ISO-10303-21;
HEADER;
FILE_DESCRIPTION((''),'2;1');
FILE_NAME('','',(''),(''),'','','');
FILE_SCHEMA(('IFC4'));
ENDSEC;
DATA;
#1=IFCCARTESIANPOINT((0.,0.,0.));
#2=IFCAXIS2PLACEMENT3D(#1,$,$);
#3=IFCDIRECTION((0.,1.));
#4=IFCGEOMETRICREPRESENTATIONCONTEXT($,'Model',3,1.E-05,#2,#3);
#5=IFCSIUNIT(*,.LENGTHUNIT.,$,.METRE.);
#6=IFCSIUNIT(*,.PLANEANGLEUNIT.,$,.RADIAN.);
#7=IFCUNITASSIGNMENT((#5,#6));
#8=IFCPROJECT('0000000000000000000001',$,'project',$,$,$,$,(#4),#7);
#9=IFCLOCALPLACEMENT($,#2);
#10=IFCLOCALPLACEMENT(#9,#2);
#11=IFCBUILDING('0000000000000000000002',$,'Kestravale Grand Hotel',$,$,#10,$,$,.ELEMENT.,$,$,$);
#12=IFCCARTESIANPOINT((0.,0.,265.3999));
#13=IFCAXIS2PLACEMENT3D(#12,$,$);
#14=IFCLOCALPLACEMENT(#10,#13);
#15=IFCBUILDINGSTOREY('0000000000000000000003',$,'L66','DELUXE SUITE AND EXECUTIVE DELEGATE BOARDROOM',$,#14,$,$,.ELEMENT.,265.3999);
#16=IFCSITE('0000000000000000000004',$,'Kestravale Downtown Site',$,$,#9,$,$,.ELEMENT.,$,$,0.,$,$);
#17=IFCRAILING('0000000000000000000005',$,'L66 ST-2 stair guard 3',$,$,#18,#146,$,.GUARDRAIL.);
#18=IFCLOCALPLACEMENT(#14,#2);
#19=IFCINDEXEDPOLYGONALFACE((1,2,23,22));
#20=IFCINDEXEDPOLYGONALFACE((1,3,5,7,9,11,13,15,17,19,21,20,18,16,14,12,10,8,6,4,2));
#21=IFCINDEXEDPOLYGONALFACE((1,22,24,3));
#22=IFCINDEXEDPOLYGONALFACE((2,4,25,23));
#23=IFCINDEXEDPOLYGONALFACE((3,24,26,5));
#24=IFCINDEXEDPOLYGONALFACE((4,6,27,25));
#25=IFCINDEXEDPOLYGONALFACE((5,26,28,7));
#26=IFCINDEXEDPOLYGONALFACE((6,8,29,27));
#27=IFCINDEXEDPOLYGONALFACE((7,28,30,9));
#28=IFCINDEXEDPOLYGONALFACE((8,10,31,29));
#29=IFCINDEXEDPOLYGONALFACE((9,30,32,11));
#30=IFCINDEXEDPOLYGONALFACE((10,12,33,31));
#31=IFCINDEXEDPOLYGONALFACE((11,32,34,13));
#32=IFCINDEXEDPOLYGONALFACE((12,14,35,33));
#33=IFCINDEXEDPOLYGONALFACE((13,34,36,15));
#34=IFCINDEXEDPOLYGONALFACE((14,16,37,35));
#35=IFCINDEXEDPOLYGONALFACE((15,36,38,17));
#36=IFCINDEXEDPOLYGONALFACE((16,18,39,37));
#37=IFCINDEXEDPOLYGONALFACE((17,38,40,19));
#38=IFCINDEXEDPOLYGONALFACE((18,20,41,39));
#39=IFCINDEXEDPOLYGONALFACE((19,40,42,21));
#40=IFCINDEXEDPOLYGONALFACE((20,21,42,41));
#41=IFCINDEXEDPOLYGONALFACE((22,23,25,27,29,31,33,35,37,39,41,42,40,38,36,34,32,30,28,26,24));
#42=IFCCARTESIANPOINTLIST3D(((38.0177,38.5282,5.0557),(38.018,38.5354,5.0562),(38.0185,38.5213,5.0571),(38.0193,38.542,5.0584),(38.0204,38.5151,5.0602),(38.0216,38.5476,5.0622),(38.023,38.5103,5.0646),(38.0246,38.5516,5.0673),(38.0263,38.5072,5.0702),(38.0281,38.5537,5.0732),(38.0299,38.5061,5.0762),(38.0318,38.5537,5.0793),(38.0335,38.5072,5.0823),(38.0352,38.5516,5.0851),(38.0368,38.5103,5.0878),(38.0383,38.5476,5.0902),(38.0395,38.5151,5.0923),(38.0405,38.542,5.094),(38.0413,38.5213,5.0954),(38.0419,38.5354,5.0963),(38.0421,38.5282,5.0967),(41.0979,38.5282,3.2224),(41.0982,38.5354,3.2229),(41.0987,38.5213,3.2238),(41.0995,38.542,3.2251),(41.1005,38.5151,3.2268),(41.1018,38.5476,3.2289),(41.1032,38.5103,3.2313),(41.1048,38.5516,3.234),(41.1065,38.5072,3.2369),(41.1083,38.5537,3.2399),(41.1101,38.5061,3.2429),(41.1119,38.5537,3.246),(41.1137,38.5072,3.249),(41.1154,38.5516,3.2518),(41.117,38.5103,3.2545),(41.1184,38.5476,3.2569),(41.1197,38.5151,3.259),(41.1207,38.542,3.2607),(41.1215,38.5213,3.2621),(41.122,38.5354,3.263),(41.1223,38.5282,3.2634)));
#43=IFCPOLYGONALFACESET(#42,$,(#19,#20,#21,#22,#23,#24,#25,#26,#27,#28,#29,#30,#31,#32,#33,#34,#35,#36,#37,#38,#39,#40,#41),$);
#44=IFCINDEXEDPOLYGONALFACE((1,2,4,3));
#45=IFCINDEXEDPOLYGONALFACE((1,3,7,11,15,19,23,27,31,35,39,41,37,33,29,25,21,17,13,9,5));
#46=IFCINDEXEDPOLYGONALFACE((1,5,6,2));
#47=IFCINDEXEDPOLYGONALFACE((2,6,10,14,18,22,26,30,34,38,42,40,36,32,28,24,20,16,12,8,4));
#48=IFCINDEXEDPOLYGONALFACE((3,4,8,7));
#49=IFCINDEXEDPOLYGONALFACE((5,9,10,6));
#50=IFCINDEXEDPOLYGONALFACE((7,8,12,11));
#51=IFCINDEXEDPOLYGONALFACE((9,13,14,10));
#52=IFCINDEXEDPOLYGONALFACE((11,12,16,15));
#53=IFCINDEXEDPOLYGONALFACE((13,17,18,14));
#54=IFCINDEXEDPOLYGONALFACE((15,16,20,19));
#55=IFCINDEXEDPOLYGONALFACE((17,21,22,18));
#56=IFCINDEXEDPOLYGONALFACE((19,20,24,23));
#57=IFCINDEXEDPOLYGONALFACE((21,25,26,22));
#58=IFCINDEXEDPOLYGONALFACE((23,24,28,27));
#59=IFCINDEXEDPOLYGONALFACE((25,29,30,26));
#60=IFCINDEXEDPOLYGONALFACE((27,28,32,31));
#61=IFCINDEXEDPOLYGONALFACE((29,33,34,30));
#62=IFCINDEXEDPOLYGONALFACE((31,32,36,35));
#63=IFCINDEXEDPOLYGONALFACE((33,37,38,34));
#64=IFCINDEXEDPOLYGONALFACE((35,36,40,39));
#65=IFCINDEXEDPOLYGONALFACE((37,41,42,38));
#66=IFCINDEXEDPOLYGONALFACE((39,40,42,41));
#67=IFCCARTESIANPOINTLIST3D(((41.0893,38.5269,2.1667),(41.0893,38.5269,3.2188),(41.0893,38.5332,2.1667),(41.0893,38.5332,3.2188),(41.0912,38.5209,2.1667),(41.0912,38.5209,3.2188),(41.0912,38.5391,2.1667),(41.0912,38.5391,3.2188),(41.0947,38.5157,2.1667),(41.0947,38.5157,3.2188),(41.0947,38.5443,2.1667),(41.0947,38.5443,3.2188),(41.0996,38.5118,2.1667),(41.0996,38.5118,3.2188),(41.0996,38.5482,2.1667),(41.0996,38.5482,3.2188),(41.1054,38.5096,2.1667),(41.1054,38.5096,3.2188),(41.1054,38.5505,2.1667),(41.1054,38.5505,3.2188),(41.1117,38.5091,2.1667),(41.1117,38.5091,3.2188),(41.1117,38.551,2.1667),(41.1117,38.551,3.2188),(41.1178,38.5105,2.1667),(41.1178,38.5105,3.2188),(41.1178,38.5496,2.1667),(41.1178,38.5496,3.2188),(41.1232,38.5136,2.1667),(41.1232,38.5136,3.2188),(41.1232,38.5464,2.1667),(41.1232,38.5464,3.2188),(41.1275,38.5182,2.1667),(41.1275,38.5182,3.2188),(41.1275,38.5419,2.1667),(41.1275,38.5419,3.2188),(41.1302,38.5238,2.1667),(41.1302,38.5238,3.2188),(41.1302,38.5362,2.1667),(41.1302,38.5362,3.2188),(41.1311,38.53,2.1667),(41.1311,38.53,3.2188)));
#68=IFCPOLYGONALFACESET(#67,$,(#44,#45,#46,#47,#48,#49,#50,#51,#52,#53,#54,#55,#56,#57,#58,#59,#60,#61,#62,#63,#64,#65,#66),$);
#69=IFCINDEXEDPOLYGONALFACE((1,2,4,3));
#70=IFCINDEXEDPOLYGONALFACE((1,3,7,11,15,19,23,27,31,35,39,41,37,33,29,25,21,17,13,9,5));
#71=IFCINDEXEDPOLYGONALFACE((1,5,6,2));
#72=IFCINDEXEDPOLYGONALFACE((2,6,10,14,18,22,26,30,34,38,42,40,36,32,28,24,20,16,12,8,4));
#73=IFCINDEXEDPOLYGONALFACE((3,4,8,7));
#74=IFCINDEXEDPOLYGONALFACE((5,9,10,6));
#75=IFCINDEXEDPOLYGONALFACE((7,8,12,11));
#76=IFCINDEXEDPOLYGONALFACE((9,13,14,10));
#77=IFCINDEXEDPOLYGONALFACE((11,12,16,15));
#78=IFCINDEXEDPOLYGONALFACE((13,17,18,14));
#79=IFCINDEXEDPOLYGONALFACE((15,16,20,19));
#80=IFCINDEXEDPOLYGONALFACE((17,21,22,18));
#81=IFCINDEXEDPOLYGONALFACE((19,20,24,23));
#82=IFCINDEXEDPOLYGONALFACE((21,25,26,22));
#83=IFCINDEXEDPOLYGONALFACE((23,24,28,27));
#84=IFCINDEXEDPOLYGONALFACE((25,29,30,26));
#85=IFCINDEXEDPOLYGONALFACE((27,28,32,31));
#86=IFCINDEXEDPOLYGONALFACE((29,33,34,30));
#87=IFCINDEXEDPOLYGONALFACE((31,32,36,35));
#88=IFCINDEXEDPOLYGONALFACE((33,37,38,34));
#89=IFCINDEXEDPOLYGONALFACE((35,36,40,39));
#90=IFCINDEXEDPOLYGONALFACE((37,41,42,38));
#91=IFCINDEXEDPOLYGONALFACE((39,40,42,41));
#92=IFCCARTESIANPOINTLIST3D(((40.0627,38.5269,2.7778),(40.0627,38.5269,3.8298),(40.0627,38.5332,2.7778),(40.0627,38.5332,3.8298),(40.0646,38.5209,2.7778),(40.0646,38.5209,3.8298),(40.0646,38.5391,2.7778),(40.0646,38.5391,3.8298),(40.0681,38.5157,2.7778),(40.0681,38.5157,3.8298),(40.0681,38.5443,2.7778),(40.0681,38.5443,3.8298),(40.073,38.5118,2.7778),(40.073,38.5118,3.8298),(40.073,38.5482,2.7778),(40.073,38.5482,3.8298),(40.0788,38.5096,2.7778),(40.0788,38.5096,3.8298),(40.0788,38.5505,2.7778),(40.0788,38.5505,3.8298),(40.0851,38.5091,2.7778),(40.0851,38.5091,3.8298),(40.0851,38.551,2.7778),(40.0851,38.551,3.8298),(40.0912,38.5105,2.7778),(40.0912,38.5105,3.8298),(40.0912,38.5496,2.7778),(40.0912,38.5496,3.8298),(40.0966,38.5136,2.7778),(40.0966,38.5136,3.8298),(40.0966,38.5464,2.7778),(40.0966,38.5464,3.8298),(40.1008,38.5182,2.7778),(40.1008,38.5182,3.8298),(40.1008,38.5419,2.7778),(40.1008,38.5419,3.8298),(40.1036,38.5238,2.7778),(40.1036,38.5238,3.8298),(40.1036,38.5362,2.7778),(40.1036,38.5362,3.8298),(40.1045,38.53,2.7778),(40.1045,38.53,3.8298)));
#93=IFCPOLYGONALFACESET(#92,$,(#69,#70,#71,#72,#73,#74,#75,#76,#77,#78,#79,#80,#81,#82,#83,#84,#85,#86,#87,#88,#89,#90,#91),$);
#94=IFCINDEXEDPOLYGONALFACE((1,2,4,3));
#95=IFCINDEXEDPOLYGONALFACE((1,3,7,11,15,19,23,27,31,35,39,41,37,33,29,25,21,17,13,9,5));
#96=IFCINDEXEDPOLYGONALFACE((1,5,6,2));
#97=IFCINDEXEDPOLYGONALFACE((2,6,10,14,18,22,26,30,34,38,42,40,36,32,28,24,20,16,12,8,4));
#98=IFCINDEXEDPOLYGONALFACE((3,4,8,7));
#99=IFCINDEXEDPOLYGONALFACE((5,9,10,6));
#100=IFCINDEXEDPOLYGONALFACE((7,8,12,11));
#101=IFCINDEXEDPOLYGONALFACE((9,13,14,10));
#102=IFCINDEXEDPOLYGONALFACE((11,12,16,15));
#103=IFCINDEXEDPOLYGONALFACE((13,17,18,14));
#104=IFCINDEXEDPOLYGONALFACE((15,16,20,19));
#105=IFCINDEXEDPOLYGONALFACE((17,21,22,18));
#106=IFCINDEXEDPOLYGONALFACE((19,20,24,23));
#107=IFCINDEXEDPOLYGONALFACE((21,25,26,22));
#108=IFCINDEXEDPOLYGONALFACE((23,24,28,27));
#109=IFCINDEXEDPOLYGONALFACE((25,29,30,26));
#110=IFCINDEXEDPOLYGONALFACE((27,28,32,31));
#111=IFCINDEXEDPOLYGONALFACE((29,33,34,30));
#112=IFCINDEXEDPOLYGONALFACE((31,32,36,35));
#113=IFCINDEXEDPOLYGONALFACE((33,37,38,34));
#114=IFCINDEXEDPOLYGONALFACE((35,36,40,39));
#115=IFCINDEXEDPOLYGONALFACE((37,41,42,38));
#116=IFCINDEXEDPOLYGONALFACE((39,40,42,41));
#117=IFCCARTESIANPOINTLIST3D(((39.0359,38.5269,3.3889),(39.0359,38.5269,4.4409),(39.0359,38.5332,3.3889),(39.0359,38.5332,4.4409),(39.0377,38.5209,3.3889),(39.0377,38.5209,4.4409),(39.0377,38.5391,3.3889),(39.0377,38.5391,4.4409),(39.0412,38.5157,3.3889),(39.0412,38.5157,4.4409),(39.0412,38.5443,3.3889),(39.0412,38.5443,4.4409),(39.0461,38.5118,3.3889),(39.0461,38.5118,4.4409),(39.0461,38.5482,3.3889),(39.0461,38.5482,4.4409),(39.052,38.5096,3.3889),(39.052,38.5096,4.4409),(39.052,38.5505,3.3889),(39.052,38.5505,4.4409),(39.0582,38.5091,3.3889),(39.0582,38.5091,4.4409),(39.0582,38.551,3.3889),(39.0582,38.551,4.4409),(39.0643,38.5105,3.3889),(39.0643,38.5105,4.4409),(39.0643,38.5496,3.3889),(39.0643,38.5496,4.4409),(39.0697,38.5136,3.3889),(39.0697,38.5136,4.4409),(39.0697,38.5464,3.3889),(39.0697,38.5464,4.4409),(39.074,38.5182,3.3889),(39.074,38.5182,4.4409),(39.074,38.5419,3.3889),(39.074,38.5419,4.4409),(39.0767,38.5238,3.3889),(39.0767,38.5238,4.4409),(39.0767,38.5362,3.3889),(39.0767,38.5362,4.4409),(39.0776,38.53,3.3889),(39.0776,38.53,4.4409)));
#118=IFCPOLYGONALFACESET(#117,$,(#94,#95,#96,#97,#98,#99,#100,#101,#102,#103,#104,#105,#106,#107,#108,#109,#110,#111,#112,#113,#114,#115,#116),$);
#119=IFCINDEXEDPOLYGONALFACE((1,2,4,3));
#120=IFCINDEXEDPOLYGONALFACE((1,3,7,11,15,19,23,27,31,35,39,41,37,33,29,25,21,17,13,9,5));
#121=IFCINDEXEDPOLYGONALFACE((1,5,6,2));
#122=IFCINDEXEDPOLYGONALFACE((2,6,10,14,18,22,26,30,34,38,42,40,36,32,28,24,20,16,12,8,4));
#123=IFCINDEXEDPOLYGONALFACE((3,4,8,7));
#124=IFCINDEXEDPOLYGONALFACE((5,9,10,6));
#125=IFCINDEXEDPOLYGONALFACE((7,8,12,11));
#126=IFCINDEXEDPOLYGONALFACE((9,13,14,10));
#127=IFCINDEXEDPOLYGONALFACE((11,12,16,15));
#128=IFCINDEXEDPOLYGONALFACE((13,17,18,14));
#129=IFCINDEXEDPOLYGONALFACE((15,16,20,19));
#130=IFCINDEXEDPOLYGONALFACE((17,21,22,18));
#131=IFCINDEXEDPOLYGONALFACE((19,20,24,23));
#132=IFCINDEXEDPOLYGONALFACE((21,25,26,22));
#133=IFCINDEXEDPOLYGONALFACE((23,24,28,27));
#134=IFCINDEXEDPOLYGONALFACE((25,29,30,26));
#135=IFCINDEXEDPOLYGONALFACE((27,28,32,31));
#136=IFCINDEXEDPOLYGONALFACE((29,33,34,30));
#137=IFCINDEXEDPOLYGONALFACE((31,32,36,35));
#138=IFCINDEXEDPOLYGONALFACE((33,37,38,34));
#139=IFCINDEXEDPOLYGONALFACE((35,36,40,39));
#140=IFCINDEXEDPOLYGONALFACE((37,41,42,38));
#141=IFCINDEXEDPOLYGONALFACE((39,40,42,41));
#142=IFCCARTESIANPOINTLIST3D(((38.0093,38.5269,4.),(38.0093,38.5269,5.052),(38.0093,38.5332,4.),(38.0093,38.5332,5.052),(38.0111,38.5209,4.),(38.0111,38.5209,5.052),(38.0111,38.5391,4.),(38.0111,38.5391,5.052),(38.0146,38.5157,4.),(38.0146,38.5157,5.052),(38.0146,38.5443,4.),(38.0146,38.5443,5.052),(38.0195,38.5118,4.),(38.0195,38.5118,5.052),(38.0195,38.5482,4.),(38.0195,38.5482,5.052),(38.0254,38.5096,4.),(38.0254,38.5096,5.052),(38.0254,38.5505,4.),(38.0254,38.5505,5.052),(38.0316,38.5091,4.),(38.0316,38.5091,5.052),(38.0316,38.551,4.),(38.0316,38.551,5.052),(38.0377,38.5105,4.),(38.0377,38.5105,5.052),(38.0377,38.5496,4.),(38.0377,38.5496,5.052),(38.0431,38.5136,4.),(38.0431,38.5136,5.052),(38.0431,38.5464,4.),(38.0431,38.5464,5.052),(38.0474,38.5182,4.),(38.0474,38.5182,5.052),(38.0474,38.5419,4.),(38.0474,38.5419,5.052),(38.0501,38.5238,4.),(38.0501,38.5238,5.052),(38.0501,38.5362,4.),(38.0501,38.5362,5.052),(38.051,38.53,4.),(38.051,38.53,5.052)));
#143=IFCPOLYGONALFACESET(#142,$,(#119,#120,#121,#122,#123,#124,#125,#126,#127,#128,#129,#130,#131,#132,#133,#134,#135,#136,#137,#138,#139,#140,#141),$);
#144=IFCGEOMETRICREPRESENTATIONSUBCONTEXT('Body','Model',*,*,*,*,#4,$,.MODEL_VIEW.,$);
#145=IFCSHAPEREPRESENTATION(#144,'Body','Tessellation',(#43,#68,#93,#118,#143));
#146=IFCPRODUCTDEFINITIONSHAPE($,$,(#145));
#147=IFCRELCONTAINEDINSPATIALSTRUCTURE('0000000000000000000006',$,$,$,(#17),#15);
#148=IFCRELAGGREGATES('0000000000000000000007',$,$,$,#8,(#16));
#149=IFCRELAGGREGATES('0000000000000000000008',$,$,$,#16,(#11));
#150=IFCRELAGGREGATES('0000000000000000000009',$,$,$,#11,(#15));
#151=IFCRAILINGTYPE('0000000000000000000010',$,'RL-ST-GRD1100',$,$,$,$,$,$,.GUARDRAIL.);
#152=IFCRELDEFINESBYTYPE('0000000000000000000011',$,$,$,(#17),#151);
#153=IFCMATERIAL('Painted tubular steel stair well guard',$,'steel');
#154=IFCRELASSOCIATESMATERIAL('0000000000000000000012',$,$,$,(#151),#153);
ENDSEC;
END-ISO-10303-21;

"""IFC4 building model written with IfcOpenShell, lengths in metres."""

from ifc_helpers import new_model, si_unit, direction, frame, origin, origin_2d, place, context, subcontext, project, spatial, circle, extrude, material, type_object, element, save


model = new_model("IFC4")

# Units and contexts
model_context = context("Model", 3, precision=1e-05, world=origin(), true_north=direction((0.0, 1.0)))
body_context = subcontext(model_context, "Body", "Model", "MODEL_VIEW")
ifc_project = project(units=[si_unit("LENGTHUNIT", "METRE"), si_unit("PLANEANGLEUNIT", "RADIAN")], contexts=[model_context])

# Site, building, storey
site_placement = place(None, origin())
site = spatial("IfcSite", under=ifc_project, at=site_placement, Name="Kestravale Downtown Site", CompositionType="ELEMENT", RefElevation=0.0)
building_placement = place(site_placement, origin())
building = spatial("IfcBuilding", under=site, at=building_placement, Name="Kestravale Grand Hotel", CompositionType="ELEMENT")
storey_placement = place(building_placement, frame((0.0, 0.0, 265.3999)))
storey = spatial("IfcBuildingStorey", under=building, at=storey_placement, Name="L66", Description="DELUXE SUITE AND EXECUTIVE DELEGATE BOARDROOM", CompositionType="ELEMENT", Elevation=265.3999)

# Railing
ifc_material_1 = material(Name="Painted tubular steel stair well guard", Category="steel")
railing_type_1 = type_object("IfcRailingType", Name="RL-ST-GRD1100", PredefinedType="GUARDRAIL", material=ifc_material_1)
railing_1_placement = place(storey_placement, frame((41.1101, 38.53, 2.1667)))
element("IfcRailing", 1, at=railing_1_placement, inside=storey, type_object=railing_type_1, Name="L66 ST-2 stair guard 3", PredefinedType="GUARDRAIL", context=body_context, shape_type="SweptSolid", body=[
    extrude(circle(Radius=0.0239, at=origin_2d()), frame((0.0, 0.0, 1.0762), z_axis=(-0.859309, 0.0, 0.511458), x_axis=(0.0, -1.0, 0.0)), (0.0, 0.0, 1.0), 3.5845),
    extrude(circle(Radius=0.021, at=origin_2d()), origin(), (0.0, 0.0, 1.0), 1.052),
    extrude(circle(Radius=0.021, at=origin_2d()), frame((-1.0266, 0.0, 0.6111)), (0.0, 0.0, 1.0), 1.052),
    extrude(circle(Radius=0.021, at=origin_2d()), frame((-2.0535, 0.0, 1.2222)), (0.0, 0.0, 1.0), 1.052),
    extrude(circle(Radius=0.021, at=origin_2d()), frame((-3.0801, 0.0, 1.8333)), (0.0, 0.0, 1.0), 1.052),
])

save(model, "model.ifc")
